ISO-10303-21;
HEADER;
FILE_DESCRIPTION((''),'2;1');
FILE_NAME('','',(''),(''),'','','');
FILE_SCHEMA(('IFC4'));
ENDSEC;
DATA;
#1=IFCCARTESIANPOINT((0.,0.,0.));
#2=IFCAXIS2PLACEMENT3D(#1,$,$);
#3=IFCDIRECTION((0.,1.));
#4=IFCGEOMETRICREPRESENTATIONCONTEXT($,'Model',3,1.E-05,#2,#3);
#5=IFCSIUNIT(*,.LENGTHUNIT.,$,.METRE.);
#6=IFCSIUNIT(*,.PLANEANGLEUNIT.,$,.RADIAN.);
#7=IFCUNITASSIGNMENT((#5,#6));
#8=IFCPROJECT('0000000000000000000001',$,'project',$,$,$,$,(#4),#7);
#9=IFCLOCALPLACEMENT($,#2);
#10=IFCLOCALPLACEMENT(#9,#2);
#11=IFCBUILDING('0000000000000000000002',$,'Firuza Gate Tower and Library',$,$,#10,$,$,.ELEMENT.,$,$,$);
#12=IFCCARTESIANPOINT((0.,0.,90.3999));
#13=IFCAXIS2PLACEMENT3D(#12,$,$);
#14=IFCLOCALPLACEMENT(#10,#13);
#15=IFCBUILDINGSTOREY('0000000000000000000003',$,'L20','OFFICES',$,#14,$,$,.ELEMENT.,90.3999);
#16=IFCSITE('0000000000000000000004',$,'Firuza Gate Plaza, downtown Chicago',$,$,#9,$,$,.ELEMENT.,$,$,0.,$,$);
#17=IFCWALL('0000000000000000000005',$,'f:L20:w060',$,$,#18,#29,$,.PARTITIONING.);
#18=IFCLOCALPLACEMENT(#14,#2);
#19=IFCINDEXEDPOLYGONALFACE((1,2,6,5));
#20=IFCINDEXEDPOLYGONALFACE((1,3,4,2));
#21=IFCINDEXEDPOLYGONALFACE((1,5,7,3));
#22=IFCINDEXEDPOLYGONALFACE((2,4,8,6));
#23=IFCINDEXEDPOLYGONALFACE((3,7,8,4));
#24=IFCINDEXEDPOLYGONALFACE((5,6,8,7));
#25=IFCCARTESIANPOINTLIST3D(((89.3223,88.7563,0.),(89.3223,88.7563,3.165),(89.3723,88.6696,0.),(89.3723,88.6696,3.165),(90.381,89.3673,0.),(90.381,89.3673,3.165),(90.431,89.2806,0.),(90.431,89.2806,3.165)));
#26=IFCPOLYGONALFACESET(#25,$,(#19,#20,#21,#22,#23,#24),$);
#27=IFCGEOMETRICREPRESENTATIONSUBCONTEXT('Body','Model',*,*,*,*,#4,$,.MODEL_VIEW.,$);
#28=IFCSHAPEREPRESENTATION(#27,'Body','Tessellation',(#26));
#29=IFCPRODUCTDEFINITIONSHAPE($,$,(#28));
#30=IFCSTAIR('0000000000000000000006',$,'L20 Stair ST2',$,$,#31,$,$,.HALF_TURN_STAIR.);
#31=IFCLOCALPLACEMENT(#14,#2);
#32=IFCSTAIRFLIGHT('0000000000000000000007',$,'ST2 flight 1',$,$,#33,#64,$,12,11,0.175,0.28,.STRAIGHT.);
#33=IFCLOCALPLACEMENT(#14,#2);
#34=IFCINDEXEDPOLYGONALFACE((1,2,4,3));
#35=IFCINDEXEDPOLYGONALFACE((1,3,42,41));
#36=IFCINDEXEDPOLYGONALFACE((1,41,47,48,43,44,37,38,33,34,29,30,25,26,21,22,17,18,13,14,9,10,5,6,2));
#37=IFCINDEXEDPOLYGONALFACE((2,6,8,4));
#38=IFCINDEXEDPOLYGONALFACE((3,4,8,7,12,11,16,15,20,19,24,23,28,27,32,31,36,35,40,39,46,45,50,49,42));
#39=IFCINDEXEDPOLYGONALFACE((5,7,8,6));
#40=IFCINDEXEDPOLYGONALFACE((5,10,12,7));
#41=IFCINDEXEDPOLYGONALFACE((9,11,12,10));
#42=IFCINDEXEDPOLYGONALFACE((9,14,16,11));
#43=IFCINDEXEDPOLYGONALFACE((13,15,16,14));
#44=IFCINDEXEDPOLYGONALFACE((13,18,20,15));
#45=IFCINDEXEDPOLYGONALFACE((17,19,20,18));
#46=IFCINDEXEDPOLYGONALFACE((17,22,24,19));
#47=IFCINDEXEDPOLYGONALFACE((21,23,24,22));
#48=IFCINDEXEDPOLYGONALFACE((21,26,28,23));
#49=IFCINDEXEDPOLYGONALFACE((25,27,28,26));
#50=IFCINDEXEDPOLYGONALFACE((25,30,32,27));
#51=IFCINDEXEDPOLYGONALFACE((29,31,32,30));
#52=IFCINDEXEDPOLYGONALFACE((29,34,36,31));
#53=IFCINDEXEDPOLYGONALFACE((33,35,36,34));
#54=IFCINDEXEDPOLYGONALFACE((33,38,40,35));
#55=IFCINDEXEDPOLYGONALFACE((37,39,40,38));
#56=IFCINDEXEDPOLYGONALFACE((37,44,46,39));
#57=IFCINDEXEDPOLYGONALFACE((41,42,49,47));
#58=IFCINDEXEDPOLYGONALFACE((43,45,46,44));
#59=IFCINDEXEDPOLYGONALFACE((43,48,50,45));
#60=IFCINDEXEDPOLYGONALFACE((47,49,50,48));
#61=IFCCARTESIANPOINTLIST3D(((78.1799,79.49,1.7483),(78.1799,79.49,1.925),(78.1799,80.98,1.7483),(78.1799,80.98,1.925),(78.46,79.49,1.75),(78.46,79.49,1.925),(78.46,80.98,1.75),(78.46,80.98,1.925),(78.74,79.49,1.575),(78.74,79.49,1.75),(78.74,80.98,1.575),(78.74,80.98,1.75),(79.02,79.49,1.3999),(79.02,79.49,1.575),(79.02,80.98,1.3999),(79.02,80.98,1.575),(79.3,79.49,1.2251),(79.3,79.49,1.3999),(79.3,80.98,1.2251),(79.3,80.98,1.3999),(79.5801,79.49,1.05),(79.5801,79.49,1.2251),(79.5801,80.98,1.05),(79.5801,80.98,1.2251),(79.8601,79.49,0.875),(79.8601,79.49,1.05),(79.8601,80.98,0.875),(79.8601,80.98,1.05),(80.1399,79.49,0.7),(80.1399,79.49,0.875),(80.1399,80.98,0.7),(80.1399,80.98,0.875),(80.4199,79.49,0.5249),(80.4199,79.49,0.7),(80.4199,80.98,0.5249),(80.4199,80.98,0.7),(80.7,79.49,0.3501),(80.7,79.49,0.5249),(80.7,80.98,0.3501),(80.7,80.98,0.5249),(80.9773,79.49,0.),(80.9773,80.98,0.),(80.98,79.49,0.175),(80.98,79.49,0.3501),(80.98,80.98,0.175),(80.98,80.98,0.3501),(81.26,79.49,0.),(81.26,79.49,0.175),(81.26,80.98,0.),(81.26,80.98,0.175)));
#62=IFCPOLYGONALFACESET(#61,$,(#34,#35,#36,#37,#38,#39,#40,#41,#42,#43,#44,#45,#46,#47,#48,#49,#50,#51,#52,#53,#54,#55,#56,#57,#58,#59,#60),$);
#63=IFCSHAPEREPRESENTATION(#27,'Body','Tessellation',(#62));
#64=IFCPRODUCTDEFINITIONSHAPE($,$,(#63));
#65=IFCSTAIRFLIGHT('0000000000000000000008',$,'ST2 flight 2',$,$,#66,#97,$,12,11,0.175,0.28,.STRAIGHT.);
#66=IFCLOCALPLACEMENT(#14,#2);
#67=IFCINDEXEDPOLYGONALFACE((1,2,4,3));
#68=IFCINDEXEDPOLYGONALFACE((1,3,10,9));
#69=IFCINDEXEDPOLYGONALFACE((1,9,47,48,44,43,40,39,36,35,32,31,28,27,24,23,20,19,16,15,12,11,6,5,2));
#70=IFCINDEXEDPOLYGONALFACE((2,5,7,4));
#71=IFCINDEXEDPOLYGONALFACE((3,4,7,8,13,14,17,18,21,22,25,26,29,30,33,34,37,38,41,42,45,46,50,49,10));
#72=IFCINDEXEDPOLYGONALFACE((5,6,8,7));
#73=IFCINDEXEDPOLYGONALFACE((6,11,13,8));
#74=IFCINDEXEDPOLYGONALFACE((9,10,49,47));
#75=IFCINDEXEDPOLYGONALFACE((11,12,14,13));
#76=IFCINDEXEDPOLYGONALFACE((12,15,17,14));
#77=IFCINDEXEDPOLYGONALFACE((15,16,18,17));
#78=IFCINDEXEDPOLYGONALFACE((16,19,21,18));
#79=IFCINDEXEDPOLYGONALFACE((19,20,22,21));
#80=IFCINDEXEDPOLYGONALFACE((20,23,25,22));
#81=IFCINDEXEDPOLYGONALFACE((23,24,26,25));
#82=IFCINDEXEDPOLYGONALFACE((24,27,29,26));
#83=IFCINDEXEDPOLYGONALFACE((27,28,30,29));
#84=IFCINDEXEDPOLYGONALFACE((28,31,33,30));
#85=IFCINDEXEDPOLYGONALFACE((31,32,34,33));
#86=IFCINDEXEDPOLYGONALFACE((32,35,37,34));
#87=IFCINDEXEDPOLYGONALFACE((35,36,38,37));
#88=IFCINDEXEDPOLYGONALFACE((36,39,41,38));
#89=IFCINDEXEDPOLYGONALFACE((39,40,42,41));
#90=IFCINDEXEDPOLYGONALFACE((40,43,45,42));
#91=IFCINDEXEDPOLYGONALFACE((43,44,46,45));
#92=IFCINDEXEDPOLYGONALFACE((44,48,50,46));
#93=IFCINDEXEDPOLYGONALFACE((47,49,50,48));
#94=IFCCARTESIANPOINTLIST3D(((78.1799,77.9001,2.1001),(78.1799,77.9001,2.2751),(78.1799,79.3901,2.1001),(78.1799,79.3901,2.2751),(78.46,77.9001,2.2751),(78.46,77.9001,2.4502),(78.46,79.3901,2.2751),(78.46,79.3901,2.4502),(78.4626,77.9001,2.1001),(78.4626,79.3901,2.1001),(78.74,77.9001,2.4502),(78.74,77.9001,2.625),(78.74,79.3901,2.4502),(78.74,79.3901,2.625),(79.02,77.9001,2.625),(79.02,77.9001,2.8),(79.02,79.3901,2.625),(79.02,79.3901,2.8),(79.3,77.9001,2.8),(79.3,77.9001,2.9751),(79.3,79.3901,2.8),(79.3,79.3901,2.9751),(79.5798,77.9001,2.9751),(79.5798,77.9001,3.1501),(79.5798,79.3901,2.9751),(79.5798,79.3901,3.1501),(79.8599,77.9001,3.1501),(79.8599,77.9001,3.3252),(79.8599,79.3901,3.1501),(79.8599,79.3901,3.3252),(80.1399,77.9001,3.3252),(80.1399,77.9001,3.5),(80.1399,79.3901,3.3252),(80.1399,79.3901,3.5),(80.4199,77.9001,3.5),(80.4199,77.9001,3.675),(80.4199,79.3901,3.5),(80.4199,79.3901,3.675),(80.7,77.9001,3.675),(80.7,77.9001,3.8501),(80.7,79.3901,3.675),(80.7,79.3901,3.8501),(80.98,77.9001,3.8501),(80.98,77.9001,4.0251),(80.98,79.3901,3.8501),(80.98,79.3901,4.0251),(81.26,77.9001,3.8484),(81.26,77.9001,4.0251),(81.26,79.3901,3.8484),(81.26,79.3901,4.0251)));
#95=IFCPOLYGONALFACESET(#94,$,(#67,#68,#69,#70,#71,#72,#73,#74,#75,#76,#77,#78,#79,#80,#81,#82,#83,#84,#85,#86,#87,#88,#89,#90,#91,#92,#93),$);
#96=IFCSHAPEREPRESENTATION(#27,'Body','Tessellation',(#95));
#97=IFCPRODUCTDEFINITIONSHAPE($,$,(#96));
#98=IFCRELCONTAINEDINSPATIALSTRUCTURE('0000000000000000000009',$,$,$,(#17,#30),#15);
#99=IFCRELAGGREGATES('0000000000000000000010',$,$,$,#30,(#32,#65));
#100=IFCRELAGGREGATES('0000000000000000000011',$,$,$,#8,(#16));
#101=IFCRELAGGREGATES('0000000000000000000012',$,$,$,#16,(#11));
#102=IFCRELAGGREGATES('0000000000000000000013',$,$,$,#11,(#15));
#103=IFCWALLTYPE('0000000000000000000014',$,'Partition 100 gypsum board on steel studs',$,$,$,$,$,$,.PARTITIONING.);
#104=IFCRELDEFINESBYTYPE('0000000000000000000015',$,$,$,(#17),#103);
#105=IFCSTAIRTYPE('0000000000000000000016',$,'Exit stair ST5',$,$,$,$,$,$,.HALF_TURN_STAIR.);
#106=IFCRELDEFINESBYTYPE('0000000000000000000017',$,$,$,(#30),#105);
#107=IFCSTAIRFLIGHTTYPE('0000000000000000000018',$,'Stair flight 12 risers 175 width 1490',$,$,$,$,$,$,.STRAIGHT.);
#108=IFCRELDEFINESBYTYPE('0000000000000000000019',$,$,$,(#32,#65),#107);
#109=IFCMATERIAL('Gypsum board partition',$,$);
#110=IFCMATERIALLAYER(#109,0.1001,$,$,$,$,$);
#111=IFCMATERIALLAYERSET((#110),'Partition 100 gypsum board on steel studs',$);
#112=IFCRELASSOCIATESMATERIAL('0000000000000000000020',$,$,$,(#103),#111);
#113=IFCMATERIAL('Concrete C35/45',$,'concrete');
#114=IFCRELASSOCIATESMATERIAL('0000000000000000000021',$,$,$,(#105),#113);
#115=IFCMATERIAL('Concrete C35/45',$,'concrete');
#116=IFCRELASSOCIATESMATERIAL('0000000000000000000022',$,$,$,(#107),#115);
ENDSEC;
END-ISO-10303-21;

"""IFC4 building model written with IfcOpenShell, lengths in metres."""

from ifc_helpers import new_model, si_unit, direction, frame, frame_2d, origin, place, context, subcontext, project, spatial, polyline, rectangle, outline, extrude, material, layer, layer_set, type_object, element, aggregate, save


model = new_model("IFC4")

# Units and contexts
model_context = context("Model", 3, precision=1e-05, world=origin(), true_north=direction((0.0, 1.0)))
body_context = subcontext(model_context, "Body", "Model", "MODEL_VIEW")
ifc_project = project(units=[si_unit("LENGTHUNIT", "METRE"), si_unit("PLANEANGLEUNIT", "RADIAN")], contexts=[model_context])

# Site, building, storey
site_placement = place(None, origin())
site = spatial("IfcSite", under=ifc_project, at=site_placement, Name="Firuza Gate Plaza, downtown Chicago", CompositionType="ELEMENT", RefElevation=0.0)
building_placement = place(site_placement, origin())
building = spatial("IfcBuilding", under=site, at=building_placement, Name="Firuza Gate Tower and Library", CompositionType="ELEMENT")
storey_placement = place(building_placement, frame((0.0, 0.0, 90.3999)))
storey = spatial("IfcBuildingStorey", under=building, at=storey_placement, Name="L20", Description="OFFICES", CompositionType="ELEMENT", Elevation=90.3999)

# Shared definitions
ifc_material_1 = material(Name="Gypsum board partition")
ifc_layer_1 = layer(ifc_material_1, 0.1001)
ifc_layer_set_1 = layer_set([ifc_layer_1], Name="Partition 100 gypsum board on steel studs")
wall_type_1 = type_object("IfcWallType", Name="Partition 100 gypsum board on steel studs", PredefinedType="PARTITIONING", material=ifc_layer_set_1)

# Wall
wall_1_placement = place(storey_placement, frame((89.3472, 88.7129, 0.0), z_axis=(0.0, 0.0, 1.0), x_axis=(0.866109, 0.499855, 0.0)))
element("IfcWall", 1, at=wall_1_placement, inside=storey, type_object=wall_type_1, Name="f:L20:w060", PredefinedType="PARTITIONING", context=body_context, shape_type="SweptSolid", body=[
    extrude(rectangle(XDim=1.2224, YDim=0.1001, at=frame_2d((0.6113, 0.0))), origin(), (0.0, 0.0, 1.0), 3.165),
])

# Stair, stair flights
ifc_material_2 = material(Name="Concrete C35/45", Category="concrete")
stair_type = type_object("IfcStairType", Name="Exit stair ST5", PredefinedType="HALF_TURN_STAIR", material=ifc_material_2)
stair_placement = place(storey_placement, origin())
stair = element("IfcStair", 2, at=stair_placement, inside=storey, type_object=stair_type, Name="L20 Stair ST2", PredefinedType="HALF_TURN_STAIR")
ifc_material_3 = material(Name="Concrete C35/45", Category="concrete")
stair_flight_type = type_object("IfcStairFlightType", Name="Stair flight 12 risers 175 width 1490", PredefinedType="STRAIGHT", material=ifc_material_3)
stair_flight_1_placement = place(storey_placement, frame((81.26, 80.2351, 0.0), z_axis=(0.0, 0.0, 1.0), x_axis=(-1.0, 0.0, 0.0)))
stair_flight_1 = element("IfcStairFlight", 3, at=stair_flight_1_placement, type_object=stair_flight_type, Name="ST2 flight 1", NumberOfRisers=12, NumberOfTreads=11, PredefinedType="STRAIGHT", RiserHeight=0.175, TreadLength=0.28, context=body_context, shape_type="SweptSolid", body=[
    extrude(outline(polyline([(0.0, 0.0), (0.0, 0.175), (0.28, 0.175), (0.28, 0.3501), (0.5601, 0.3501), (0.5601, 0.5249), (0.8401, 0.5249), (0.8401, 0.7), (1.1201, 0.7), (1.1201, 0.875), (1.3999, 0.875), (1.3999, 1.05), (1.6799, 1.05), (1.6799, 1.2251), (1.96, 1.2251), (1.96, 1.3999), (2.24, 1.3999), (2.24, 1.575), (2.52, 1.575), (2.52, 1.75), (2.8, 1.75), (2.8, 1.925), (3.0801, 1.925), (3.0801, 2.1001), (3.0801, 1.7483), (0.2827, 0.0), (0.0, 0.0)])), frame((0.0, 0.7451, 0.0), z_axis=(0.0, -1.0, 0.0), x_axis=(1.0, 0.0, 0.0)), (0.0, 0.0, 1.0), 1.49),
])
stair_flight_2_placement = place(storey_placement, frame((78.1799, 78.645, 2.1001), z_axis=(0.0, 0.0, 1.0), x_axis=(1.0, 0.0, 0.0)))
stair_flight_2 = element("IfcStairFlight", 4, at=stair_flight_2_placement, type_object=stair_flight_type, Name="ST2 flight 2", NumberOfRisers=12, NumberOfTreads=11, PredefinedType="STRAIGHT", RiserHeight=0.175, TreadLength=0.28, context=body_context, shape_type="SweptSolid", body=[
    extrude(outline(polyline([(0.0, 0.0), (0.0, 0.175), (0.28, 0.175), (0.28, 0.3501), (0.5601, 0.3501), (0.5601, 0.5249), (0.8401, 0.5249), (0.8401, 0.7), (1.1201, 0.7), (1.1201, 0.875), (1.3999, 0.875), (1.3999, 1.05), (1.6799, 1.05), (1.6799, 1.2251), (1.96, 1.2251), (1.96, 1.3999), (2.24, 1.3999), (2.24, 1.575), (2.52, 1.575), (2.52, 1.75), (2.8, 1.75), (2.8, 1.925), (3.0801, 1.925), (3.0801, 2.1001), (3.0801, 1.7483), (0.2827, 0.0), (0.0, 0.0)])), frame((0.0, 0.7451, 0.0), z_axis=(0.0, -1.0, 0.0), x_axis=(1.0, 0.0, 0.0)), (0.0, 0.0, 1.0), 1.49),
])
aggregate(stair, [stair_flight_1, stair_flight_2])

save(model, "model.ifc")
